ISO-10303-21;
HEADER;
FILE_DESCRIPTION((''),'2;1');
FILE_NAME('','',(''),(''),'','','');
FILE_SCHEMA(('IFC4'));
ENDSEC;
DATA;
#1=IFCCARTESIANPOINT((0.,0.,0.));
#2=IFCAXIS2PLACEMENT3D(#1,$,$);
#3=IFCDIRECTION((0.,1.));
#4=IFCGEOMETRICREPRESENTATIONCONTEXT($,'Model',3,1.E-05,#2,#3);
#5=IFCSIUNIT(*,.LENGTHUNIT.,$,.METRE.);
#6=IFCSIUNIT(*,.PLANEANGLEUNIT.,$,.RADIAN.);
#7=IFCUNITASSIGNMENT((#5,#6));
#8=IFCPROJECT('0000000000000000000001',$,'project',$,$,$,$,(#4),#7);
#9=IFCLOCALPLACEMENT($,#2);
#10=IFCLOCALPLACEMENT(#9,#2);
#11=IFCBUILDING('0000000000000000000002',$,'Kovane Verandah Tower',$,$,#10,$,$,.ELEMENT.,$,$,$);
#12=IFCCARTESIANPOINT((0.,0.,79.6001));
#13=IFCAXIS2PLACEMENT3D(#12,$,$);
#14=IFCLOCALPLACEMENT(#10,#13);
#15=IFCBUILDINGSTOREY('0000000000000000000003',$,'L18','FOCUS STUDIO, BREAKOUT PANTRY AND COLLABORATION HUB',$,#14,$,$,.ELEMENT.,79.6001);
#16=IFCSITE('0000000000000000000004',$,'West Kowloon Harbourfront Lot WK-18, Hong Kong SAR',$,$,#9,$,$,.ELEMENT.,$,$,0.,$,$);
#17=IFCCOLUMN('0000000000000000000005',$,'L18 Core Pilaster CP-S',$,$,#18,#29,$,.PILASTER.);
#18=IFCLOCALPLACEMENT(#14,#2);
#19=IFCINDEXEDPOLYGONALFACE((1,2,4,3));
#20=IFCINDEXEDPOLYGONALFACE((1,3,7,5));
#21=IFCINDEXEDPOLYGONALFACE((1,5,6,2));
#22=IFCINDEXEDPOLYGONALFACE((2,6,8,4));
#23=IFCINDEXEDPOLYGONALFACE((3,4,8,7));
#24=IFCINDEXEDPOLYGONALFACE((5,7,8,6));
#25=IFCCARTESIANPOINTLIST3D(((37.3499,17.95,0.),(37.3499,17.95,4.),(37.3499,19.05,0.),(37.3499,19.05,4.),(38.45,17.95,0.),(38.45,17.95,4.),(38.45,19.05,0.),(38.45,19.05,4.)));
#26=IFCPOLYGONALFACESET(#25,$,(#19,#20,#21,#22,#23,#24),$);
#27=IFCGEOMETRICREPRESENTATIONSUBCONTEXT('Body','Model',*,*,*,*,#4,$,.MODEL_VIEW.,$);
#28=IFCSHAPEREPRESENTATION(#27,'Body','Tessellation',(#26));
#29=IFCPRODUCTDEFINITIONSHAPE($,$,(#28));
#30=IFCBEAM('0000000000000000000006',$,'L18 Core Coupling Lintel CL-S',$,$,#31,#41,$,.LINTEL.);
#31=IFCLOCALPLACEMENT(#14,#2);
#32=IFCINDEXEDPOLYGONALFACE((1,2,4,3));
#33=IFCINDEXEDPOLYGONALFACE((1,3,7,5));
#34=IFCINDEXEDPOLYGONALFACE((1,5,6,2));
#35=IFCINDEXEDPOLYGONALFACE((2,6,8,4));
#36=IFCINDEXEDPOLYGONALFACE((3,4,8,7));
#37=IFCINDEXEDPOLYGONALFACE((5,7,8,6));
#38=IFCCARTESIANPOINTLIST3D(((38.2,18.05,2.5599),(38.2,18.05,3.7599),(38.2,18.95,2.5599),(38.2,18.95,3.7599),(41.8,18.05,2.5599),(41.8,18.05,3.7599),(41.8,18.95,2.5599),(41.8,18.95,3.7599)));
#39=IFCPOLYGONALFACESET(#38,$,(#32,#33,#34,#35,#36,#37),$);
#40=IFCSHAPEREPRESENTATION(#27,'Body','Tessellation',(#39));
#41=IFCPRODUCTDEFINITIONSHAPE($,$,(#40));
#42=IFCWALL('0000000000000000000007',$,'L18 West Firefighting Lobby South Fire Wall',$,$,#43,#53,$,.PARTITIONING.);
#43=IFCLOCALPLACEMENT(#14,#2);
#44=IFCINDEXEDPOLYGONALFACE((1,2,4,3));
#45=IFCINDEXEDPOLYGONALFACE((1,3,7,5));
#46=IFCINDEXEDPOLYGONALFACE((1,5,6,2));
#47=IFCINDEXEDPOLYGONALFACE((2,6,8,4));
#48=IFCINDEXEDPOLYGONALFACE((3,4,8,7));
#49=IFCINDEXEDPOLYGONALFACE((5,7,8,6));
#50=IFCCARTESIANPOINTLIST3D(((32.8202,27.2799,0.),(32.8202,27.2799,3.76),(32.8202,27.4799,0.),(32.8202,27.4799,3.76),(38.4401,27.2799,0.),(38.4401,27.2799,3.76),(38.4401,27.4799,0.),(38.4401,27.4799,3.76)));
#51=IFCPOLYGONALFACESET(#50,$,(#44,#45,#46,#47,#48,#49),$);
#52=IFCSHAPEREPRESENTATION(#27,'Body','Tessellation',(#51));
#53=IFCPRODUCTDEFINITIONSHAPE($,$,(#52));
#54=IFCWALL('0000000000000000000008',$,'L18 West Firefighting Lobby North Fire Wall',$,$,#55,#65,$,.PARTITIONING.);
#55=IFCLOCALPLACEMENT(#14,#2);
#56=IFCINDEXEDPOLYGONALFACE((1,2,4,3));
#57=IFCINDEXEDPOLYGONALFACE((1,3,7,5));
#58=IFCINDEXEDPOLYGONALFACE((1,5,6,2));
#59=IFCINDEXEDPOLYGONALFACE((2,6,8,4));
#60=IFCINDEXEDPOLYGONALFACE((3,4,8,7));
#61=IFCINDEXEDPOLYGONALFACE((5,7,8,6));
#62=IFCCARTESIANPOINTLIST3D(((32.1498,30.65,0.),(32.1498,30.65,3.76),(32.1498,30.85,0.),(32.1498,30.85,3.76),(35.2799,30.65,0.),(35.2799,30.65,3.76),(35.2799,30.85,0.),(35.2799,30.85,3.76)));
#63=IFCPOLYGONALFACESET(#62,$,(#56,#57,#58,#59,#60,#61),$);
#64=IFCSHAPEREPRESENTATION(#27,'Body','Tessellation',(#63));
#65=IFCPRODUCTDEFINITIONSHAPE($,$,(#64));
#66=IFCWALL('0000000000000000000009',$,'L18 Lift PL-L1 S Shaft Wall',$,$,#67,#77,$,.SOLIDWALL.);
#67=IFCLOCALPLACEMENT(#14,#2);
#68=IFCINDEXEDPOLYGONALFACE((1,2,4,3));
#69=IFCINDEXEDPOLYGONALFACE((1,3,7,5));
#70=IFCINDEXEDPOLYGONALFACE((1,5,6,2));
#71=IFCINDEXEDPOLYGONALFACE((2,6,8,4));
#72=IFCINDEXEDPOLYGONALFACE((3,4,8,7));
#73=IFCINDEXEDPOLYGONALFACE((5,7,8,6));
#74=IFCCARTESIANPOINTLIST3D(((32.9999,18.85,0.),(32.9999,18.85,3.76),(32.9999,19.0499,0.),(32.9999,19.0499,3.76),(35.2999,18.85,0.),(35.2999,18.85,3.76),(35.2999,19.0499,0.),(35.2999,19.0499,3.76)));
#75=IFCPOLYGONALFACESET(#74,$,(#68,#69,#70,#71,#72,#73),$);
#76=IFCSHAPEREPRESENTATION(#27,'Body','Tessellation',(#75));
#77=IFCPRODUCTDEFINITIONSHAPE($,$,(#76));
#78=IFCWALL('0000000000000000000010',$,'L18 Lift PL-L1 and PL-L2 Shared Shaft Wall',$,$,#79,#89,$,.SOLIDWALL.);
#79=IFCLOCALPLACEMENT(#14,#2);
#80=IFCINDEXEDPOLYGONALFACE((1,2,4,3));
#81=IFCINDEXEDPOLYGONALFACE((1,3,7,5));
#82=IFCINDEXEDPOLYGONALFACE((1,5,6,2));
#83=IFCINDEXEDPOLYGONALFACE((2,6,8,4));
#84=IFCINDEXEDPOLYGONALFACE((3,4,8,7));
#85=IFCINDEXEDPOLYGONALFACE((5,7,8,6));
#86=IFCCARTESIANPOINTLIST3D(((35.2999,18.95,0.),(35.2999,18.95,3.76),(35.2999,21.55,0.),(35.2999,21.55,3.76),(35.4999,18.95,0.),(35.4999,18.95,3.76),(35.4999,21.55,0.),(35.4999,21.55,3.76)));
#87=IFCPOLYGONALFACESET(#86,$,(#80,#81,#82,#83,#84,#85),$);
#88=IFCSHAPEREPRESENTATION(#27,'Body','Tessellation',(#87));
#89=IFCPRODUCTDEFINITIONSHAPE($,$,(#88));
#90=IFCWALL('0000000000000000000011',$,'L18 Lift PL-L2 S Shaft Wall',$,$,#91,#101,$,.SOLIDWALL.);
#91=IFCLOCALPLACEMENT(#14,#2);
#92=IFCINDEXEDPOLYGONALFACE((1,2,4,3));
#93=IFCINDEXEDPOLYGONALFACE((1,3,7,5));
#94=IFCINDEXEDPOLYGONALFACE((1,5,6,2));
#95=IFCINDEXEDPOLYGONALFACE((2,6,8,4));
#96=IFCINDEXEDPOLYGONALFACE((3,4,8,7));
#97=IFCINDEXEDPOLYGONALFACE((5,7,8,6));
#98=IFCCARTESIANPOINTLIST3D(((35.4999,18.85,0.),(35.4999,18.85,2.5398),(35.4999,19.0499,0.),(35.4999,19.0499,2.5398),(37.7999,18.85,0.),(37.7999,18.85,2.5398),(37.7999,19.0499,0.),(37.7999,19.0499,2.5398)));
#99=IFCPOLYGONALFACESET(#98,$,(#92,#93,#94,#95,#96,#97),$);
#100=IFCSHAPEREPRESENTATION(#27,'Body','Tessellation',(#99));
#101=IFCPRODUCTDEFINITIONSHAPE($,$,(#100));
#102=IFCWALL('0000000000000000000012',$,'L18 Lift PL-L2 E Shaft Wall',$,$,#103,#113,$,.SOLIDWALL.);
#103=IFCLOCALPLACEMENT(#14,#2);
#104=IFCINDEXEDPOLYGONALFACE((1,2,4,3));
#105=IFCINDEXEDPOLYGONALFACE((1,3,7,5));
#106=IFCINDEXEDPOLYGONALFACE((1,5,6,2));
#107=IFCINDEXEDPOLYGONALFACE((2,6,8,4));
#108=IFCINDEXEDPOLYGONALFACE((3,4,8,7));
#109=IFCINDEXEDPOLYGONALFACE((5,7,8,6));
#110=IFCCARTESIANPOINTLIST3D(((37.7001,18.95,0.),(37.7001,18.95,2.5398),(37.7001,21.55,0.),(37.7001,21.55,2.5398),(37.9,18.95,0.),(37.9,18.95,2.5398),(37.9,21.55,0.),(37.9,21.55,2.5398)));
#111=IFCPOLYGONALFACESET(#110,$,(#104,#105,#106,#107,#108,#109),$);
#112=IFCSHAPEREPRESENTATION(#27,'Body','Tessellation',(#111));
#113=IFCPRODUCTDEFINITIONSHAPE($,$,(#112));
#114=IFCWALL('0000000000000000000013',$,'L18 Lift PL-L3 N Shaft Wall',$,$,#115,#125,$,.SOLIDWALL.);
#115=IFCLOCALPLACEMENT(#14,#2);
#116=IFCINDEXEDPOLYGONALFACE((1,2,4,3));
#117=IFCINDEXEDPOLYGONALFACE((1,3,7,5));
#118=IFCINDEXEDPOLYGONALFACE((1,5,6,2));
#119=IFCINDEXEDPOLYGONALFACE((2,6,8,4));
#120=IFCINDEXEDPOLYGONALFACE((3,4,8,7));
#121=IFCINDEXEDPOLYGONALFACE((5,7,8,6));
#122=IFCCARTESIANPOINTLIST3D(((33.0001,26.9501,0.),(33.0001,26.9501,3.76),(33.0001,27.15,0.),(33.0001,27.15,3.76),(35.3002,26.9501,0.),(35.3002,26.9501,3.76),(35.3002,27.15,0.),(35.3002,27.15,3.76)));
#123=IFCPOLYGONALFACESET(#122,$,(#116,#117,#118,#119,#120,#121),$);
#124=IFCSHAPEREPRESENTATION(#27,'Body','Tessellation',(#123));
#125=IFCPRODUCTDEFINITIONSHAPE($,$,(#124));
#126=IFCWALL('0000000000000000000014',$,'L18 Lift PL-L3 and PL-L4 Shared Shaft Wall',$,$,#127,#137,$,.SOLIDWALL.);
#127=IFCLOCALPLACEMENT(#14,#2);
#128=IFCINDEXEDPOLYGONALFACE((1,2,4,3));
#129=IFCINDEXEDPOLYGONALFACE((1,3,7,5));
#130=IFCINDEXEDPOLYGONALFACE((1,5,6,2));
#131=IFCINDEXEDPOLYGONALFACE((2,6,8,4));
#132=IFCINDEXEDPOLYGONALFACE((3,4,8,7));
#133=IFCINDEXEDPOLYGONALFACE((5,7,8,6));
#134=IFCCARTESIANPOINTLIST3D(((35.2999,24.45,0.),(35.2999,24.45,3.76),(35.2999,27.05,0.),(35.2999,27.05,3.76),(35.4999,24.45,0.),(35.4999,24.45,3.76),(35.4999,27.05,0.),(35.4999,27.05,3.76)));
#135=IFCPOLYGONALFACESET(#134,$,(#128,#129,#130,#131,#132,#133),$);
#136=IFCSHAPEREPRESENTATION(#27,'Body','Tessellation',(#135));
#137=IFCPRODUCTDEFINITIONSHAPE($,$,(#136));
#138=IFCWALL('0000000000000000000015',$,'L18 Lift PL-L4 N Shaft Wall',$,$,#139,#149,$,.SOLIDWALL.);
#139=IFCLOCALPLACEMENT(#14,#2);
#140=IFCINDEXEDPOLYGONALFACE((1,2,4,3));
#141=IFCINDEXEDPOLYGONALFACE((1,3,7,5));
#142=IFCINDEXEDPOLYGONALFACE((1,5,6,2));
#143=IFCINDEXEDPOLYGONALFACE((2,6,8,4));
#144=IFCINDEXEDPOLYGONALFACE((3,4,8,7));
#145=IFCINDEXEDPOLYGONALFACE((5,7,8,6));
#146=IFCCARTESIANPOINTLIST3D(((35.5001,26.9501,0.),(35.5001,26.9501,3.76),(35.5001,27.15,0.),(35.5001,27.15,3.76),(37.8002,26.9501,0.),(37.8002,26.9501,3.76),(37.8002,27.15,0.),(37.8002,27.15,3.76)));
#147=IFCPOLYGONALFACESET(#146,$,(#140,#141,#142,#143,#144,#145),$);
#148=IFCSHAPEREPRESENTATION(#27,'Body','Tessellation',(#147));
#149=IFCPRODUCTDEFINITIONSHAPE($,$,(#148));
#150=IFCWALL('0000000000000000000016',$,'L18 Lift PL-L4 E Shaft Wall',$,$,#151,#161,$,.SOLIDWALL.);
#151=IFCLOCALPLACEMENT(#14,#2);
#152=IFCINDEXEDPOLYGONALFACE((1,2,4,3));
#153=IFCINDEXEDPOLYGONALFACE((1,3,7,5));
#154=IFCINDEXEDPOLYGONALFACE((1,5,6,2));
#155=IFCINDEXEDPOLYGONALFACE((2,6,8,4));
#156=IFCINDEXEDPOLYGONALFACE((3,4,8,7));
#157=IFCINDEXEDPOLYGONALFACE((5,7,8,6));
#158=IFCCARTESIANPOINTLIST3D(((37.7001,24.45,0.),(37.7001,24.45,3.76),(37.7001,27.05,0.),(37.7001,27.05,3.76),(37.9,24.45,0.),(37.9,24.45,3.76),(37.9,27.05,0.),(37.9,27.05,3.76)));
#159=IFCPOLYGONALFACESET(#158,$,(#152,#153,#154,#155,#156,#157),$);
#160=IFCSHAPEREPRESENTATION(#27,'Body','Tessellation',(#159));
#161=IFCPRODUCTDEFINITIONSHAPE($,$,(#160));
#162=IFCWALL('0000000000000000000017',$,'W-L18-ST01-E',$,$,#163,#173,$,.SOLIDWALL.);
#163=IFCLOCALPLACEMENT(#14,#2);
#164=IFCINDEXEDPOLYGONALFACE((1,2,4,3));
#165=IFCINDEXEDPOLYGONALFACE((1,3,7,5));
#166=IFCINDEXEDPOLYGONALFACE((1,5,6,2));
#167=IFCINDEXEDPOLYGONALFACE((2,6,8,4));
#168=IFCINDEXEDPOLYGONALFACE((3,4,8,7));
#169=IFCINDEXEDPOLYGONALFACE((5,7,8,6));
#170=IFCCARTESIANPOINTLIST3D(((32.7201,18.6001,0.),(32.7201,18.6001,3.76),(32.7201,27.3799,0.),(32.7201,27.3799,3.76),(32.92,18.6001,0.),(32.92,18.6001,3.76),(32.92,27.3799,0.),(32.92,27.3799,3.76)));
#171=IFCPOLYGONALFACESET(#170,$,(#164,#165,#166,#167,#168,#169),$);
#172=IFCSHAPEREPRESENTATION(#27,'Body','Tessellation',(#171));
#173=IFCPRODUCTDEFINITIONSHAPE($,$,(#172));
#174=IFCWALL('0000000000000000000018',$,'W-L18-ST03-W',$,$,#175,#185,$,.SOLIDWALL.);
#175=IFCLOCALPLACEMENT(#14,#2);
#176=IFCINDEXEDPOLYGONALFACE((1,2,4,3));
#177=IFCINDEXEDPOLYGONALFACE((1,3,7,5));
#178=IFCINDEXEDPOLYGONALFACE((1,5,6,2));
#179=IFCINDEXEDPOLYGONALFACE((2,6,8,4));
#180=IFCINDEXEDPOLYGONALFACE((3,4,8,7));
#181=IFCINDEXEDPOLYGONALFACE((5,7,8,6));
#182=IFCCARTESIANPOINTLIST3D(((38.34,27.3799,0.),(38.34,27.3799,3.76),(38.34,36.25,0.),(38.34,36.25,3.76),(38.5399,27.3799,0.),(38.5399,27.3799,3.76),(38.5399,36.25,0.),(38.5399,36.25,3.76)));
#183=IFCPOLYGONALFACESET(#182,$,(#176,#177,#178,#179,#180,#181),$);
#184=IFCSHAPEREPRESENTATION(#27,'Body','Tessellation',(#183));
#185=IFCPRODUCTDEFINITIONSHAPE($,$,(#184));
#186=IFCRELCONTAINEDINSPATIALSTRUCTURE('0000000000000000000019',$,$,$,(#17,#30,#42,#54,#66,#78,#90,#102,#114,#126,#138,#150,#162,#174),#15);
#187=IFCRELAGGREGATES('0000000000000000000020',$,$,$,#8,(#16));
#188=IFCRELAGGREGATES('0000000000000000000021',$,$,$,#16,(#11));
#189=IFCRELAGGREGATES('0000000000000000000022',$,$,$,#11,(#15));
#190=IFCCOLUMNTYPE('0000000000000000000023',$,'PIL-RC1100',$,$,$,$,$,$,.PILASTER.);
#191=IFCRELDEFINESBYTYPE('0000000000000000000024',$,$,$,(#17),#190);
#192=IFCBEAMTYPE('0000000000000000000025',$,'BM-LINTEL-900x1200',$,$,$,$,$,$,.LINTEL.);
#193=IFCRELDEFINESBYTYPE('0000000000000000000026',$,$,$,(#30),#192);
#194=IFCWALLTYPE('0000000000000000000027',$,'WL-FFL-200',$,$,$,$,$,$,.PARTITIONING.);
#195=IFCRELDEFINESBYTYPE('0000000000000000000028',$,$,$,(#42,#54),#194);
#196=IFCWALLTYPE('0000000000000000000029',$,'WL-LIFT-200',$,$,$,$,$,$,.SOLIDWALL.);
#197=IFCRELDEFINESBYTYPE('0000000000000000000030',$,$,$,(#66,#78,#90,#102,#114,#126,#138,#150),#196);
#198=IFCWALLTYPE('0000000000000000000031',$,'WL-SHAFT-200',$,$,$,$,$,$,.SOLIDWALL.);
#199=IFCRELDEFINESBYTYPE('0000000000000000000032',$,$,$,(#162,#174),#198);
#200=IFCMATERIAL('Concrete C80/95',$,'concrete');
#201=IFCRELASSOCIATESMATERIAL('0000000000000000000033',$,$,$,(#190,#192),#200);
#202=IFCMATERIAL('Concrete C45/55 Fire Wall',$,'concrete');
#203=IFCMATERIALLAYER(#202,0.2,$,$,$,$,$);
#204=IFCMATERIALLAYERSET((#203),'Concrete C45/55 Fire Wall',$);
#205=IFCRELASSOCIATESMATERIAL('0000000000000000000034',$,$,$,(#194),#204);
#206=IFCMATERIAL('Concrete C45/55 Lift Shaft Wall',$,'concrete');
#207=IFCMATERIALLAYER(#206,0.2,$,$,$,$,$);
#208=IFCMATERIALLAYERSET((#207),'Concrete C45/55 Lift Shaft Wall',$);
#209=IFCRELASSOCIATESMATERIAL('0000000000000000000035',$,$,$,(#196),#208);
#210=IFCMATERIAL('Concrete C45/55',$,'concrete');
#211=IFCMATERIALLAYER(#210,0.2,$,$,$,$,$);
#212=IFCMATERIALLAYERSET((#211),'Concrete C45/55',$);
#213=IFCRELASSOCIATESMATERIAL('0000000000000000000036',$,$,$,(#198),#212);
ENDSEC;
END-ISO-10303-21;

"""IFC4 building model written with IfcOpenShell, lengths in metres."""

from ifc_helpers import new_model, si_unit, direction, frame, frame_2d, origin, origin_2d, place, context, subcontext, project, spatial, rectangle, extrude, material, layer, layer_set, material_profile, profile_set, type_object, element, save


model = new_model("IFC4")

# Units and contexts
model_context = context("Model", 3, precision=1e-05, world=origin(), true_north=direction((0.0, 1.0)))
body_context = subcontext(model_context, "Body", "Model", "MODEL_VIEW")
ifc_project = project(units=[si_unit("LENGTHUNIT", "METRE"), si_unit("PLANEANGLEUNIT", "RADIAN")], contexts=[model_context])

# Site, building, storey
site_placement = place(None, origin())
site = spatial("IfcSite", under=ifc_project, at=site_placement, Name="West Kowloon Harbourfront Lot WK-18, Hong Kong SAR", CompositionType="ELEMENT", RefElevation=0.0)
building_placement = place(site_placement, origin())
building = spatial("IfcBuilding", under=site, at=building_placement, Name="Kovane Verandah Tower", CompositionType="ELEMENT")
storey_placement = place(building_placement, frame((0.0, 0.0, 79.6001)))
storey = spatial("IfcBuildingStorey", under=building, at=storey_placement, Name="L18", Description="FOCUS STUDIO, BREAKOUT PANTRY AND COLLABORATION HUB", CompositionType="ELEMENT", Elevation=79.6001)

# Column
ifc_material_1 = material(Name="Concrete C80/95", Category="concrete")
ifc_material_profile_1 = material_profile(ifc_material_1, rectangle(XDim=1.1001, YDim=1.1001, at=origin_2d()), Name="RC1100x1100")
ifc_profile_set_1 = profile_set([ifc_material_profile_1], Name="Concrete C80/95")
column_type = type_object("IfcColumnType", Name="PIL-RC1100", PredefinedType="PILASTER", material=ifc_profile_set_1)
column_placement = place(storey_placement, frame((37.8999, 18.5, 0.0), z_axis=(0.0, 0.0, 1.0), x_axis=(1.0, 0.0, 0.0)))
element("IfcColumn", 1, at=column_placement, inside=storey, type_object=column_type, Name="L18 Core Pilaster CP-S", PredefinedType="PILASTER", context=body_context, shape_type="SweptSolid", body=[
    extrude(rectangle(XDim=1.1001, YDim=1.1001, at=origin_2d()), origin(), (0.0, 0.0, 1.0), 4.0),
])

# Beam
ifc_material_profile_2 = material_profile(ifc_material_1, rectangle(XDim=0.8999, YDim=1.2, at=origin_2d()), Name="RCB900x1200")
ifc_profile_set_2 = profile_set([ifc_material_profile_2], Name="Concrete C80/95")
beam_type = type_object("IfcBeamType", Name="BM-LINTEL-900x1200", PredefinedType="LINTEL", material=ifc_profile_set_2)
beam_placement = place(storey_placement, frame((38.2, 18.5, 3.1599), z_axis=(1.0, 0.0, 0.0), x_axis=(0.0, 1.0, 0.0)))
element("IfcBeam", 2, at=beam_placement, inside=storey, type_object=beam_type, Name="L18 Core Coupling Lintel CL-S", PredefinedType="LINTEL", context=body_context, shape_type="SweptSolid", body=[
    extrude(rectangle(XDim=0.8999, YDim=1.2, at=origin_2d()), origin(), (0.0, 0.0, 1.0), 3.6001),
])

# Shared definitions
ifc_material_2 = material(Name="Concrete C45/55 Fire Wall", Category="concrete")
ifc_layer_1 = layer(ifc_material_2, 0.2)
ifc_layer_set_1 = layer_set([ifc_layer_1], Name="Concrete C45/55 Fire Wall")
wall_type_1 = type_object("IfcWallType", Name="WL-FFL-200", PredefinedType="PARTITIONING", material=ifc_layer_set_1)

# Walls
wall_1_placement = place(storey_placement, frame((32.8201, 27.3799, 0.0), z_axis=(0.0, 0.0, 1.0), x_axis=(1.0, 0.0, 0.0)))
element("IfcWall", 3, at=wall_1_placement, inside=storey, type_object=wall_type_1, Name="L18 West Firefighting Lobby South Fire Wall", PredefinedType="PARTITIONING", context=body_context, shape_type="SweptSolid", body=[
    extrude(rectangle(XDim=5.6199, YDim=0.2, at=frame_2d((2.8101, 0.0))), origin(), (0.0, 0.0, 1.0), 3.76),
])
wall_2_placement = place(storey_placement, frame((32.1499, 30.75, 0.0), z_axis=(0.0, 0.0, 1.0), x_axis=(1.0, 0.0, 0.0)))
element("IfcWall", 4, at=wall_2_placement, inside=storey, type_object=wall_type_1, Name="L18 West Firefighting Lobby North Fire Wall", PredefinedType="PARTITIONING", context=body_context, shape_type="SweptSolid", body=[
    extrude(rectangle(XDim=3.1301, YDim=0.2, at=frame_2d((1.5649, 0.0))), origin(), (0.0, 0.0, 1.0), 3.76),
])
ifc_material_3 = material(Name="Concrete C45/55 Lift Shaft Wall", Category="concrete")
ifc_layer_2 = layer(ifc_material_3, 0.2)
ifc_layer_set_2 = layer_set([ifc_layer_2], Name="Concrete C45/55 Lift Shaft Wall")
wall_type_2 = type_object("IfcWallType", Name="WL-LIFT-200", PredefinedType="SOLIDWALL", material=ifc_layer_set_2)
wall_3_placement = place(storey_placement, frame((33.0, 18.95, 0.0), z_axis=(0.0, 0.0, 1.0), x_axis=(1.0, 0.0, 0.0)))
element("IfcWall", 5, at=wall_3_placement, inside=storey, type_object=wall_type_2, Name="L18 Lift PL-L1 S Shaft Wall", PredefinedType="SOLIDWALL", context=body_context, shape_type="SweptSolid", body=[
    extrude(rectangle(XDim=2.3, YDim=0.2, at=frame_2d((1.1499, 0.0))), origin(), (0.0, 0.0, 1.0), 3.76),
])

# Walls
wall_4_placement = place(storey_placement, frame((35.3999, 18.95, 0.0), z_axis=(0.0, 0.0, 1.0), x_axis=(0.0, 1.0, 0.0)))
element("IfcWall", 6, at=wall_4_placement, inside=storey, type_object=wall_type_2, Name="L18 Lift PL-L1 and PL-L2 Shared Shaft Wall", PredefinedType="SOLIDWALL", context=body_context, shape_type="SweptSolid", body=[
    extrude(rectangle(XDim=2.6001, YDim=0.2, at=frame_2d((1.3, 0.0))), origin(), (0.0, 0.0, 1.0), 3.76),
])
wall_5_placement = place(storey_placement, frame((35.5, 18.95, 0.0), z_axis=(0.0, 0.0, 1.0), x_axis=(1.0, 0.0, 0.0)))
element("IfcWall", 7, at=wall_5_placement, inside=storey, type_object=wall_type_2, Name="L18 Lift PL-L2 S Shaft Wall", PredefinedType="SOLIDWALL", context=body_context, shape_type="SweptSolid", body=[
    extrude(rectangle(XDim=2.3, YDim=0.2, at=frame_2d((1.1499, 0.0))), origin(), (0.0, 0.0, 1.0), 2.5398),
])

# Wall
wall_6_placement = place(storey_placement, frame((37.8, 18.95, 0.0), z_axis=(0.0, 0.0, 1.0), x_axis=(0.0, 1.0, 0.0)))
element("IfcWall", 8, at=wall_6_placement, inside=storey, type_object=wall_type_2, Name="L18 Lift PL-L2 E Shaft Wall", PredefinedType="SOLIDWALL", context=body_context, shape_type="SweptSolid", body=[
    extrude(rectangle(XDim=2.6001, YDim=0.2, at=frame_2d((1.3, 0.0))), origin(), (0.0, 0.0, 1.0), 2.5398),
])

# Walls
wall_7_placement = place(storey_placement, frame((35.3, 27.05, 0.0), z_axis=(0.0, 0.0, 1.0), x_axis=(-1.0, 0.0, 0.0)))
element("IfcWall", 9, at=wall_7_placement, inside=storey, type_object=wall_type_2, Name="L18 Lift PL-L3 N Shaft Wall", PredefinedType="SOLIDWALL", context=body_context, shape_type="SweptSolid", body=[
    extrude(rectangle(XDim=2.3, YDim=0.2, at=frame_2d((1.1499, 0.0))), origin(), (0.0, 0.0, 1.0), 3.76),
])
wall_8_placement = place(storey_placement, frame((35.3999, 24.45, 0.0), z_axis=(0.0, 0.0, 1.0), x_axis=(0.0, 1.0, 0.0)))
element("IfcWall", 10, at=wall_8_placement, inside=storey, type_object=wall_type_2, Name="L18 Lift PL-L3 and PL-L4 Shared Shaft Wall", PredefinedType="SOLIDWALL", context=body_context, shape_type="SweptSolid", body=[
    extrude(rectangle(XDim=2.6001, YDim=0.2, at=frame_2d((1.3, 0.0))), origin(), (0.0, 0.0, 1.0), 3.76),
])

# Walls
wall_9_placement = place(storey_placement, frame((37.8, 27.05, 0.0), z_axis=(0.0, 0.0, 1.0), x_axis=(-1.0, 0.0, 0.0)))
element("IfcWall", 11, at=wall_9_placement, inside=storey, type_object=wall_type_2, Name="L18 Lift PL-L4 N Shaft Wall", PredefinedType="SOLIDWALL", context=body_context, shape_type="SweptSolid", body=[
    extrude(rectangle(XDim=2.3, YDim=0.2, at=frame_2d((1.1499, 0.0))), origin(), (0.0, 0.0, 1.0), 3.76),
])
wall_10_placement = place(storey_placement, frame((37.8, 24.45, 0.0), z_axis=(0.0, 0.0, 1.0), x_axis=(0.0, 1.0, 0.0)))
element("IfcWall", 12, at=wall_10_placement, inside=storey, type_object=wall_type_2, Name="L18 Lift PL-L4 E Shaft Wall", PredefinedType="SOLIDWALL", context=body_context, shape_type="SweptSolid", body=[
    extrude(rectangle(XDim=2.6001, YDim=0.2, at=frame_2d((1.3, 0.0))), origin(), (0.0, 0.0, 1.0), 3.76),
])
ifc_material_4 = material(Name="Concrete C45/55", Category="concrete")
ifc_layer_3 = layer(ifc_material_4, 0.2)
ifc_layer_set_3 = layer_set([ifc_layer_3], Name="Concrete C45/55")
wall_type_3 = type_object("IfcWallType", Name="WL-SHAFT-200", PredefinedType="SOLIDWALL", material=ifc_layer_set_3)
wall_11_placement = place(storey_placement, frame((32.8201, 18.6001, 0.0), z_axis=(0.0, 0.0, 1.0), x_axis=(0.0, 1.0, 0.0)))
element("IfcWall", 13, at=wall_11_placement, inside=storey, type_object=wall_type_3, Name="W-L18-ST01-E", PredefinedType="SOLIDWALL", context=body_context, shape_type="SweptSolid", body=[
    extrude(rectangle(XDim=8.7798, YDim=0.2, at=frame_2d((4.3899, 0.0))), origin(), (0.0, 0.0, 1.0), 3.76),
])
wall_12_placement = place(storey_placement, frame((38.4399, 27.3799, 0.0), z_axis=(0.0, 0.0, 1.0), x_axis=(0.0, 1.0, 0.0)))
element("IfcWall", 14, at=wall_12_placement, inside=storey, type_object=wall_type_3, Name="W-L18-ST03-W", PredefinedType="SOLIDWALL", context=body_context, shape_type="SweptSolid", body=[
    extrude(rectangle(XDim=8.8701, YDim=0.2, at=frame_2d((4.4351, 0.0))), origin(), (0.0, 0.0, 1.0), 3.76),
])

save(model, "model.ifc")
